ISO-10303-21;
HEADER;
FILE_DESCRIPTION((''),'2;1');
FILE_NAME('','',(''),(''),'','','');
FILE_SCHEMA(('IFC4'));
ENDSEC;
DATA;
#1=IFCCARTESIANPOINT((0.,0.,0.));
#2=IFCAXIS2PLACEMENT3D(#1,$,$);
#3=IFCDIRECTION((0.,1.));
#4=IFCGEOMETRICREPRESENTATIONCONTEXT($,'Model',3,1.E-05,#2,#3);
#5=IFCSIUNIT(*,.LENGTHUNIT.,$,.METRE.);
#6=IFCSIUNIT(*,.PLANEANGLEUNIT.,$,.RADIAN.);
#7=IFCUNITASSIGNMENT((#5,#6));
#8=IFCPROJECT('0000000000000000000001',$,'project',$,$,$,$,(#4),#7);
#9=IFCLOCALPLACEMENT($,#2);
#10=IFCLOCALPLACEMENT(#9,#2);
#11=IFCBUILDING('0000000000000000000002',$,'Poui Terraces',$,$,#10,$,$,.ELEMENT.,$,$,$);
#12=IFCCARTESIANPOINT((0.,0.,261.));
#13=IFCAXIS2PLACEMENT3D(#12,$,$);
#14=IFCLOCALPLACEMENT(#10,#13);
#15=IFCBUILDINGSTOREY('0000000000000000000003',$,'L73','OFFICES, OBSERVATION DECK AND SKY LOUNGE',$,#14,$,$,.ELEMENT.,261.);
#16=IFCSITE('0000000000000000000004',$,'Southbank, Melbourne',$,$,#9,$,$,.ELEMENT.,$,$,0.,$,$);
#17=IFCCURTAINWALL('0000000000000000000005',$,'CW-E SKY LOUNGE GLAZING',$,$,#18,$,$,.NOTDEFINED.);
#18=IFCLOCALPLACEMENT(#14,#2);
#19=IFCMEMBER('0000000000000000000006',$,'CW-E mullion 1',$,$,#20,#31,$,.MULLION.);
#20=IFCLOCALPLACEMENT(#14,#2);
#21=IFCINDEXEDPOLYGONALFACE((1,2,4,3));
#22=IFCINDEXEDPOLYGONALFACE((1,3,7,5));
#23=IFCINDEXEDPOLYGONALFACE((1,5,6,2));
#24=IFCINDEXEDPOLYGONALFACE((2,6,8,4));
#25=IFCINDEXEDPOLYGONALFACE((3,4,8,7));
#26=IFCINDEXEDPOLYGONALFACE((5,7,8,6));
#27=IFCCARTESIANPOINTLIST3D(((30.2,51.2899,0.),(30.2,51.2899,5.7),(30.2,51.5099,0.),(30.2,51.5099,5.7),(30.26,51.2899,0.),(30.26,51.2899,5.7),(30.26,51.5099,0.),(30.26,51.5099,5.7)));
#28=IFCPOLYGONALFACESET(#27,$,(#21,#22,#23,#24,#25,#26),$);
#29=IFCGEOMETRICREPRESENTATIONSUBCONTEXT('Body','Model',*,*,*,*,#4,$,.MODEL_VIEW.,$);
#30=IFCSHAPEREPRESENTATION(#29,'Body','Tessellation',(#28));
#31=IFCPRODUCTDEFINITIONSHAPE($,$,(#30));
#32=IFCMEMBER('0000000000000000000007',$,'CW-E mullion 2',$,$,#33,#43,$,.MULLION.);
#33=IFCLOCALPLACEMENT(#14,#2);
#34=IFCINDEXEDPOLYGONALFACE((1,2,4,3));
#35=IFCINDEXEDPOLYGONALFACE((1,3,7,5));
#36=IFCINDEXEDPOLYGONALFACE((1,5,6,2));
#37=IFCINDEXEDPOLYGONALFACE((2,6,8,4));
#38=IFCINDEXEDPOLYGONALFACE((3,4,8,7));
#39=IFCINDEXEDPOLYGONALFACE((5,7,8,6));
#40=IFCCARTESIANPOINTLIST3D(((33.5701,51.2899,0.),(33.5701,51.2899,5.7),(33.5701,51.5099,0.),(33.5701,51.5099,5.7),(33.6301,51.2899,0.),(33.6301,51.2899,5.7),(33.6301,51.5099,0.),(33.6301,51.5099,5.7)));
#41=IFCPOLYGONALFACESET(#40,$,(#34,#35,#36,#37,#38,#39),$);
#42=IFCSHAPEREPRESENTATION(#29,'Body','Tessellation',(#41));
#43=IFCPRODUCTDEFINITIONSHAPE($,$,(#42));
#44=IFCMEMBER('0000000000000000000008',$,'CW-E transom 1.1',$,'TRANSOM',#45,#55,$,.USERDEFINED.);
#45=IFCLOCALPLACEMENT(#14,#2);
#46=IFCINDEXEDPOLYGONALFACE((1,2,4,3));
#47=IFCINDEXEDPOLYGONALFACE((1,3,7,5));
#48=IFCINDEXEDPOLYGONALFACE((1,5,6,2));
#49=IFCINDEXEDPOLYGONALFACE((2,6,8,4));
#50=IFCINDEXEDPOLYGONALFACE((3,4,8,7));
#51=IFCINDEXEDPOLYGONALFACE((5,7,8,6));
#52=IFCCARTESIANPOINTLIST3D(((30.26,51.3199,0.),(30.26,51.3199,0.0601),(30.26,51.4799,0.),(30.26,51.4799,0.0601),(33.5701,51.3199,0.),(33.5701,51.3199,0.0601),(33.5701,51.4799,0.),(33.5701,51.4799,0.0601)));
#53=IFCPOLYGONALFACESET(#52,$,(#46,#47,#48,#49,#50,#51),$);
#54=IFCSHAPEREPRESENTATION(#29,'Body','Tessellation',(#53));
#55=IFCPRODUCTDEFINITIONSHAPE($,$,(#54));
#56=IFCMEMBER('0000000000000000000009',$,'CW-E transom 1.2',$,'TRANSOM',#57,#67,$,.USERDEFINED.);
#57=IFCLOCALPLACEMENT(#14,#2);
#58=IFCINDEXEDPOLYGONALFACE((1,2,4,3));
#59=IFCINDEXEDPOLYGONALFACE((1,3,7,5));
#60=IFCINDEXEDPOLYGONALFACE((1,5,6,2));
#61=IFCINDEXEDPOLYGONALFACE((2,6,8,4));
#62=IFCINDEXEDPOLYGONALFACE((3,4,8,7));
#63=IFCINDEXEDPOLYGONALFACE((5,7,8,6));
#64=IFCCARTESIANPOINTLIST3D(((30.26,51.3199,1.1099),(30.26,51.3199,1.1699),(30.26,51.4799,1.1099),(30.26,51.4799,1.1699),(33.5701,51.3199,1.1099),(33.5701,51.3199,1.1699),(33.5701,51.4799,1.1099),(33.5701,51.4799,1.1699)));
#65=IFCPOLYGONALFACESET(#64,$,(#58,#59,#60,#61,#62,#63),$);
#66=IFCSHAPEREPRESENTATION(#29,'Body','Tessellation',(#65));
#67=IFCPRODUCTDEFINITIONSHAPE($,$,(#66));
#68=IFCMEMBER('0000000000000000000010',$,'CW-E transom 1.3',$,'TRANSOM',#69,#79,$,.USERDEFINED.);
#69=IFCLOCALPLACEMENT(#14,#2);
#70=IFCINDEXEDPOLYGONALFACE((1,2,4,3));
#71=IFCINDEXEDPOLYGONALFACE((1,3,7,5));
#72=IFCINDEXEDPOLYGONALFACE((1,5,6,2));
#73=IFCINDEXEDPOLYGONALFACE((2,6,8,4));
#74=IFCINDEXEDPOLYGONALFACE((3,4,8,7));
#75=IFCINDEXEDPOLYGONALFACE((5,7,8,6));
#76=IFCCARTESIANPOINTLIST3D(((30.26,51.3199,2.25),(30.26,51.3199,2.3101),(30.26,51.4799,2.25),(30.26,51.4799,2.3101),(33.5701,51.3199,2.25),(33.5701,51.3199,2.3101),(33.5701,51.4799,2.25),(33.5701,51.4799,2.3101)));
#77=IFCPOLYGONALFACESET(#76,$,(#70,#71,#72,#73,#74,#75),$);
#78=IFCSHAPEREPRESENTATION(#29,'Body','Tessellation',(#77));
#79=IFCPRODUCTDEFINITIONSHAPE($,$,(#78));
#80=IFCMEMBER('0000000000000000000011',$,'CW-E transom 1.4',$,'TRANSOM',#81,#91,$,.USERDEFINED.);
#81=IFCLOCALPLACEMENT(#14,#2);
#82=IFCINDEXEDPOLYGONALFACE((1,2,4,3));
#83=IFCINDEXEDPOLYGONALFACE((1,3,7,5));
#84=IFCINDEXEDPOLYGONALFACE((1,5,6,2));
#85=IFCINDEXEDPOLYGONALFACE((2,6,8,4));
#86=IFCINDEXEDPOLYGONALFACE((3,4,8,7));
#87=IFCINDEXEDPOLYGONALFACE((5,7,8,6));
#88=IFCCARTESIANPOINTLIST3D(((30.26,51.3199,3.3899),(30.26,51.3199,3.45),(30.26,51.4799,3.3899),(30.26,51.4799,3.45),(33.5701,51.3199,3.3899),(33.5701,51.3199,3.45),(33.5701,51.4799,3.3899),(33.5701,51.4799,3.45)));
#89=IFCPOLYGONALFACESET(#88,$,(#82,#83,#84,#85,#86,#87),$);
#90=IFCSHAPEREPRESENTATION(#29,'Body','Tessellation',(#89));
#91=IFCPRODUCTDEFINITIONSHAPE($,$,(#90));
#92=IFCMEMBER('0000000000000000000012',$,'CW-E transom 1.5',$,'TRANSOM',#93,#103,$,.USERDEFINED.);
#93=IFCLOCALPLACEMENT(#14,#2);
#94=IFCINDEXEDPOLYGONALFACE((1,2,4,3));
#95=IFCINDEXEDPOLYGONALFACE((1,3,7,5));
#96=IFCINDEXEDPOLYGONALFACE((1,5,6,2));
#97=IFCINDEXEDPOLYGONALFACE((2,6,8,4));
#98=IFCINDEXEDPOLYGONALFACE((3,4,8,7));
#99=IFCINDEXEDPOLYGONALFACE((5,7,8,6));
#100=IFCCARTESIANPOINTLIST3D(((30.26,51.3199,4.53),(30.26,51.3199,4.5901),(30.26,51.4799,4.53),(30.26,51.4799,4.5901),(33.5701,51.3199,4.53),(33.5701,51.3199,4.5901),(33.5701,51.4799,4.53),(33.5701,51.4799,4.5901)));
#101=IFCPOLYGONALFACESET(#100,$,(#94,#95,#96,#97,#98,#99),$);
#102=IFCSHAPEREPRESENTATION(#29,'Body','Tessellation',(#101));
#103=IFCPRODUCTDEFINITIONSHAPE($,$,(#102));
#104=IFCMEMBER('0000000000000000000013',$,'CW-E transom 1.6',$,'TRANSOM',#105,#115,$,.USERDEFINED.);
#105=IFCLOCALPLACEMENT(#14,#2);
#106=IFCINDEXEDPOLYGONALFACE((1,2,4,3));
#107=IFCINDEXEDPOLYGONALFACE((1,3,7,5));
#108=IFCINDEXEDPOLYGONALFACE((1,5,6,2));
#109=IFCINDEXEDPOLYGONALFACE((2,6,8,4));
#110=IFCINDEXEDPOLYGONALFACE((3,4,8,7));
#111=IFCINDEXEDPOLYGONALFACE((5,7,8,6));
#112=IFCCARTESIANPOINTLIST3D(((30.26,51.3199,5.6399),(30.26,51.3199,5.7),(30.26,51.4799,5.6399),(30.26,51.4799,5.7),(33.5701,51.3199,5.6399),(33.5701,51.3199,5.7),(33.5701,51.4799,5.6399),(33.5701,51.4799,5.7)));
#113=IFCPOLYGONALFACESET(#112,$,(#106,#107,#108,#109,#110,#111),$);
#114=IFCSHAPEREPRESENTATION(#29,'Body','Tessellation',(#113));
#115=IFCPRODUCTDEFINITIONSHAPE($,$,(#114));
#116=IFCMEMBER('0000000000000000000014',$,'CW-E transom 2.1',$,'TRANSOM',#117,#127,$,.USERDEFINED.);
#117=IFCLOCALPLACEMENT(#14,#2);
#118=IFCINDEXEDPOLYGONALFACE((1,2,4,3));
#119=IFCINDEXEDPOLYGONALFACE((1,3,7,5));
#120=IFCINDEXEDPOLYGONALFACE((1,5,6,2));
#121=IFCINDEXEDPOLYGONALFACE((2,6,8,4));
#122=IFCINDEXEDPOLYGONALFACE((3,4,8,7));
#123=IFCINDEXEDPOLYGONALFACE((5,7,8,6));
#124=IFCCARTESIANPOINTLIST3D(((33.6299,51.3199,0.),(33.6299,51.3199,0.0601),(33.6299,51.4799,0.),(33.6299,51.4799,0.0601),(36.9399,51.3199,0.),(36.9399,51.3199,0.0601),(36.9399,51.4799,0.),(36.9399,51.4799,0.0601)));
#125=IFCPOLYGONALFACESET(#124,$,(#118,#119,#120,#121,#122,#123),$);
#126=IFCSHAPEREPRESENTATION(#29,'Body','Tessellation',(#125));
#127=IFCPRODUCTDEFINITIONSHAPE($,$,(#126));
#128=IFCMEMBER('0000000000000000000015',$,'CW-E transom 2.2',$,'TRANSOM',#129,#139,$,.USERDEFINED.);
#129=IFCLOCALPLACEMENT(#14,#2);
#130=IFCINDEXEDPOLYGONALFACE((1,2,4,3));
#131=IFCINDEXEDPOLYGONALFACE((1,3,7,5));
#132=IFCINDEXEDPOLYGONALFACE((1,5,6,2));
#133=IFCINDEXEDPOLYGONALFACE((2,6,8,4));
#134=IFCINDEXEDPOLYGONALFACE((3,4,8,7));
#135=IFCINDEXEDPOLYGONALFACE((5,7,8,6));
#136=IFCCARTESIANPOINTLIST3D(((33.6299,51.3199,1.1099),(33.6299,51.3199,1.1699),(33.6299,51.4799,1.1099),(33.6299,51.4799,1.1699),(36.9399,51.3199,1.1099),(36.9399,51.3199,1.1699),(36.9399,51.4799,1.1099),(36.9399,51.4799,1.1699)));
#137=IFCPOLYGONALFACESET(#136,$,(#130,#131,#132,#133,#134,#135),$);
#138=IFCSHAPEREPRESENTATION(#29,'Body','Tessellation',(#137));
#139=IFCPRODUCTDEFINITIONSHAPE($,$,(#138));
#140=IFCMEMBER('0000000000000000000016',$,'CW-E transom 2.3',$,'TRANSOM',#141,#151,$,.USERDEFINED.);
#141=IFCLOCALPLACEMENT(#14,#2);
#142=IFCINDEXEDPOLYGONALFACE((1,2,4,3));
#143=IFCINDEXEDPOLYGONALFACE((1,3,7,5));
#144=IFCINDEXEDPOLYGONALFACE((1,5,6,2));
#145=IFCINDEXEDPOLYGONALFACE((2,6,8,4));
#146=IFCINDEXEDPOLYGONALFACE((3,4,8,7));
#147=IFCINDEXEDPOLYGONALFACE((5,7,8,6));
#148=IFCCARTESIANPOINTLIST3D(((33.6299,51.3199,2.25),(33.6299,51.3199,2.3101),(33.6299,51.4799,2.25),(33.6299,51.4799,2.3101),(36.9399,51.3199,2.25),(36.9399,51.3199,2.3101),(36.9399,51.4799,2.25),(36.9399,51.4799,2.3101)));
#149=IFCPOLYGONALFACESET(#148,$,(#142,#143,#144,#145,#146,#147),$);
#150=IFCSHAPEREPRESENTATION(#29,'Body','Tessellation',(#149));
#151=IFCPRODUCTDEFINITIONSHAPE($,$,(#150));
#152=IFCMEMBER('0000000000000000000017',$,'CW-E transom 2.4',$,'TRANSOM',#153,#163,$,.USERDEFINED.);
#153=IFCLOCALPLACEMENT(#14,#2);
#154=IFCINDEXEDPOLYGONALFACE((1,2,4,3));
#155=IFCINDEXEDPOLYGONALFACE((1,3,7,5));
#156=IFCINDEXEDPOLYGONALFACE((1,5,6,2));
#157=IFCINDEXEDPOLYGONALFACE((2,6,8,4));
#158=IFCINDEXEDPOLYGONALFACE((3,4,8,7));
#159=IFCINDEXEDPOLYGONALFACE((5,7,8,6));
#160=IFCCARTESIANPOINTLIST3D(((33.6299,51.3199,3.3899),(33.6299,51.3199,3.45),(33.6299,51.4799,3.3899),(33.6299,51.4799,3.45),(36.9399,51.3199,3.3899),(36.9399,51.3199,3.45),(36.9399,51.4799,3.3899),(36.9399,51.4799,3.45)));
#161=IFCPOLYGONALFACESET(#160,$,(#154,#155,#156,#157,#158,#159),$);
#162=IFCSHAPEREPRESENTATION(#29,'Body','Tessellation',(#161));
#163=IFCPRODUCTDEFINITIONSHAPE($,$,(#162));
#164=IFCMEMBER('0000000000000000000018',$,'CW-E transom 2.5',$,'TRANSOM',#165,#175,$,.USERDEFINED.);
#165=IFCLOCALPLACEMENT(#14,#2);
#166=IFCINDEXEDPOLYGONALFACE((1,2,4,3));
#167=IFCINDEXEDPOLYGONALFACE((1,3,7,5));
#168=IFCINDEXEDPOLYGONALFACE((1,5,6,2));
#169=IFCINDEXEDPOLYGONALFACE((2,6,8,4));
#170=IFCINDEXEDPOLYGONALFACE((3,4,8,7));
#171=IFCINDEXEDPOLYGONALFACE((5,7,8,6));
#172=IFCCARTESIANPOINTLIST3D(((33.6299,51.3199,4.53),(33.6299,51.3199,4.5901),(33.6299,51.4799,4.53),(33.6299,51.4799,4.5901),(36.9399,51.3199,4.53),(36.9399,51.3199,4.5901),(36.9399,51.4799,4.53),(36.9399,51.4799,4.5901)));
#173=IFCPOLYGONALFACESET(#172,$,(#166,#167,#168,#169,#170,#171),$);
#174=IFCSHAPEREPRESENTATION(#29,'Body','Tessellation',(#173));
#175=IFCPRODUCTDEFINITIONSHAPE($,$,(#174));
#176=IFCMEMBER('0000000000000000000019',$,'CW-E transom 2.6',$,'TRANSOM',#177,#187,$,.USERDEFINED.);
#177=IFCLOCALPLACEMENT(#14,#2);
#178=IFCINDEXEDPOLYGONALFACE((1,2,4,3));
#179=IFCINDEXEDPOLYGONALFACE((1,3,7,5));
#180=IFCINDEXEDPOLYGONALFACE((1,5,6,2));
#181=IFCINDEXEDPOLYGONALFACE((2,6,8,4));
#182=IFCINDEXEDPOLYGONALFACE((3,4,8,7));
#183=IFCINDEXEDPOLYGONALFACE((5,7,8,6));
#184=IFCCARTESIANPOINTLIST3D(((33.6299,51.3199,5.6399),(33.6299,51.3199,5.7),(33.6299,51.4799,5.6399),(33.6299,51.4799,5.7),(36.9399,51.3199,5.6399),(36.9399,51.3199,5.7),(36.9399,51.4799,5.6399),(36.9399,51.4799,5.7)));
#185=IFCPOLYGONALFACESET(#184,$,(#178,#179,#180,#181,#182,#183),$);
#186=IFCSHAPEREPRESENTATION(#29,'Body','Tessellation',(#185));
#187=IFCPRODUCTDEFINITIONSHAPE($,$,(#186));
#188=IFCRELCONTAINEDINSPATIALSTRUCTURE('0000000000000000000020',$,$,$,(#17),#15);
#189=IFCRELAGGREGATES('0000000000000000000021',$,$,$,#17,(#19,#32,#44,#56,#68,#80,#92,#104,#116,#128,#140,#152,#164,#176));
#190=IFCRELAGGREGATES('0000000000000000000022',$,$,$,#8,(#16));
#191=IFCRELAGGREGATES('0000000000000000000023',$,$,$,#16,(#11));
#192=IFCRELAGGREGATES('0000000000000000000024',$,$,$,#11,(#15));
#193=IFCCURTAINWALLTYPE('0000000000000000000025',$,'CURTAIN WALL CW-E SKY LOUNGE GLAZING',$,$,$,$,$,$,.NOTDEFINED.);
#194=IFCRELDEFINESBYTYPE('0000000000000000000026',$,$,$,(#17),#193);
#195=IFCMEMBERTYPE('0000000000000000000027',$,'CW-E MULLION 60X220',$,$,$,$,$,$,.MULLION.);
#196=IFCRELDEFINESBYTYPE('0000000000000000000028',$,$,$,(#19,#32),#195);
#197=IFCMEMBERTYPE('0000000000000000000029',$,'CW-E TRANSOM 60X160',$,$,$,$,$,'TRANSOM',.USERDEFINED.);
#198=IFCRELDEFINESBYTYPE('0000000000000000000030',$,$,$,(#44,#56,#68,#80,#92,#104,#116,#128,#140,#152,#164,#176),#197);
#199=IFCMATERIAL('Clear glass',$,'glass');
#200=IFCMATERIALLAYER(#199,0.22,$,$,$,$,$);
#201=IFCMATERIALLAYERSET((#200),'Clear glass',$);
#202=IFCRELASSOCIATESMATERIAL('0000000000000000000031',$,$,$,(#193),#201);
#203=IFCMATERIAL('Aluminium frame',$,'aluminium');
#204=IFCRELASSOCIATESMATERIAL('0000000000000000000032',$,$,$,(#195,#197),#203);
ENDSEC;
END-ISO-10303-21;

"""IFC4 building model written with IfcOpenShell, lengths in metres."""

from ifc_helpers import new_model, si_unit, direction, frame, origin, origin_2d, place, context, subcontext, project, spatial, rectangle, extrude, material, layer, layer_set, material_profile, profile_set, type_object, element, aggregate, save


model = new_model("IFC4")

# Units and contexts
model_context = context("Model", 3, precision=1e-05, world=origin(), true_north=direction((0.0, 1.0)))
body_context = subcontext(model_context, "Body", "Model", "MODEL_VIEW")
ifc_project = project(units=[si_unit("LENGTHUNIT", "METRE"), si_unit("PLANEANGLEUNIT", "RADIAN")], contexts=[model_context])

# Site, building, storey
site_placement = place(None, origin())
site = spatial("IfcSite", under=ifc_project, at=site_placement, Name="Southbank, Melbourne", CompositionType="ELEMENT", RefElevation=0.0)
building_placement = place(site_placement, origin())
building = spatial("IfcBuilding", under=site, at=building_placement, Name="Poui Terraces", CompositionType="ELEMENT")
storey_placement = place(building_placement, frame((0.0, 0.0, 261.0)))
storey = spatial("IfcBuildingStorey", under=building, at=storey_placement, Name="L73", Description="OFFICES, OBSERVATION DECK AND SKY LOUNGE", CompositionType="ELEMENT", Elevation=261.0)

# Curtain wall, members
ifc_material_1 = material(Name="Clear glass", Category="glass")
ifc_layer_1 = layer(ifc_material_1, 0.22)
ifc_layer_set_1 = layer_set([ifc_layer_1], Name="Clear glass")
curtain_wall_type = type_object("IfcCurtainWallType", Name="CURTAIN WALL CW-E SKY LOUNGE GLAZING", PredefinedType="NOTDEFINED", material=ifc_layer_set_1)
curtain_wall_placement = place(storey_placement, origin())
curtain_wall = element("IfcCurtainWall", 1, at=curtain_wall_placement, inside=storey, type_object=curtain_wall_type, Name="CW-E SKY LOUNGE GLAZING", PredefinedType="NOTDEFINED")
ifc_material_2 = material(Name="Aluminium frame", Category="aluminium")
ifc_material_profile_1 = material_profile(ifc_material_2, rectangle(XDim=0.22, YDim=0.0601, at=origin_2d()), Name="CW-E MULLION 60X220")
ifc_profile_set_1 = profile_set([ifc_material_profile_1], Name="Aluminium frame")
member_type_1 = type_object("IfcMemberType", Name="CW-E MULLION 60X220", PredefinedType="MULLION", material=ifc_profile_set_1)
member_1_placement = place(storey_placement, frame((30.23, 51.3999, 0.0), z_axis=(0.0, 0.0, 1.0), x_axis=(0.0, 1.0, 0.0)))
member_1 = element("IfcMember", 2, at=member_1_placement, type_object=member_type_1, Name="CW-E mullion 1", PredefinedType="MULLION", context=body_context, shape_type="SweptSolid", body=[
    extrude(rectangle(XDim=0.22, YDim=0.0601, at=origin_2d()), origin(), (0.0, 0.0, 1.0), 5.7),
])
member_2_placement = place(storey_placement, frame((33.6001, 51.3999, 0.0), z_axis=(0.0, 0.0, 1.0), x_axis=(0.0, 1.0, 0.0)))
member_2 = element("IfcMember", 3, at=member_2_placement, type_object=member_type_1, Name="CW-E mullion 2", PredefinedType="MULLION", context=body_context, shape_type="SweptSolid", body=[
    extrude(rectangle(XDim=0.22, YDim=0.0601, at=origin_2d()), origin(), (0.0, 0.0, 1.0), 5.7),
])
ifc_material_profile_2 = material_profile(ifc_material_2, rectangle(XDim=0.1599, YDim=0.0601, at=origin_2d()), Name="CW-E TRANSOM 60X160")
ifc_profile_set_2 = profile_set([ifc_material_profile_2], Name="Aluminium frame")
member_type_2 = type_object("IfcMemberType", Name="CW-E TRANSOM 60X160", ElementType="TRANSOM", PredefinedType="USERDEFINED", material=ifc_profile_set_2)
member_3_placement = place(storey_placement, frame((30.26, 51.3999, 0.03), z_axis=(1.0, 0.0, 0.0), x_axis=(0.0, 1.0, 0.0)))
member_3 = element("IfcMember", 4, at=member_3_placement, type_object=member_type_2, Name="CW-E transom 1.1", ObjectType="TRANSOM", PredefinedType="USERDEFINED", context=body_context, shape_type="SweptSolid", body=[
    extrude(rectangle(XDim=0.1599, YDim=0.0601, at=origin_2d()), origin(), (0.0, 0.0, 1.0), 3.3101),
])
member_4_placement = place(storey_placement, frame((30.26, 51.3999, 1.1399), z_axis=(1.0, 0.0, 0.0), x_axis=(0.0, 1.0, 0.0)))
member_4 = element("IfcMember", 5, at=member_4_placement, type_object=member_type_2, Name="CW-E transom 1.2", ObjectType="TRANSOM", PredefinedType="USERDEFINED", context=body_context, shape_type="SweptSolid", body=[
    extrude(rectangle(XDim=0.1599, YDim=0.0601, at=origin_2d()), origin(), (0.0, 0.0, 1.0), 3.3101),
])
member_5_placement = place(storey_placement, frame((30.26, 51.3999, 2.28), z_axis=(1.0, 0.0, 0.0), x_axis=(0.0, 1.0, 0.0)))
member_5 = element("IfcMember", 6, at=member_5_placement, type_object=member_type_2, Name="CW-E transom 1.3", ObjectType="TRANSOM", PredefinedType="USERDEFINED", context=body_context, shape_type="SweptSolid", body=[
    extrude(rectangle(XDim=0.1599, YDim=0.0601, at=origin_2d()), origin(), (0.0, 0.0, 1.0), 3.3101),
])
member_6_placement = place(storey_placement, frame((30.26, 51.3999, 3.4199), z_axis=(1.0, 0.0, 0.0), x_axis=(0.0, 1.0, 0.0)))
member_6 = element("IfcMember", 7, at=member_6_placement, type_object=member_type_2, Name="CW-E transom 1.4", ObjectType="TRANSOM", PredefinedType="USERDEFINED", context=body_context, shape_type="SweptSolid", body=[
    extrude(rectangle(XDim=0.1599, YDim=0.0601, at=origin_2d()), origin(), (0.0, 0.0, 1.0), 3.3101),
])
member_7_placement = place(storey_placement, frame((30.26, 51.3999, 4.5601), z_axis=(1.0, 0.0, 0.0), x_axis=(0.0, 1.0, 0.0)))
member_7 = element("IfcMember", 8, at=member_7_placement, type_object=member_type_2, Name="CW-E transom 1.5", ObjectType="TRANSOM", PredefinedType="USERDEFINED", context=body_context, shape_type="SweptSolid", body=[
    extrude(rectangle(XDim=0.1599, YDim=0.0601, at=origin_2d()), origin(), (0.0, 0.0, 1.0), 3.3101),
])
member_8_placement = place(storey_placement, frame((30.26, 51.3999, 5.6699), z_axis=(1.0, 0.0, 0.0), x_axis=(0.0, 1.0, 0.0)))
member_8 = element("IfcMember", 9, at=member_8_placement, type_object=member_type_2, Name="CW-E transom 1.6", ObjectType="TRANSOM", PredefinedType="USERDEFINED", context=body_context, shape_type="SweptSolid", body=[
    extrude(rectangle(XDim=0.1599, YDim=0.0601, at=origin_2d()), origin(), (0.0, 0.0, 1.0), 3.3101),
])
member_9_placement = place(storey_placement, frame((33.6299, 51.3999, 0.03), z_axis=(1.0, 0.0, 0.0), x_axis=(0.0, 1.0, 0.0)))
member_9 = element("IfcMember", 10, at=member_9_placement, type_object=member_type_2, Name="CW-E transom 2.1", ObjectType="TRANSOM", PredefinedType="USERDEFINED", context=body_context, shape_type="SweptSolid", body=[
    extrude(rectangle(XDim=0.1599, YDim=0.0601, at=origin_2d()), origin(), (0.0, 0.0, 1.0), 3.3101),
])
member_10_placement = place(storey_placement, frame((33.6299, 51.3999, 1.1399), z_axis=(1.0, 0.0, 0.0), x_axis=(0.0, 1.0, 0.0)))
member_10 = element("IfcMember", 11, at=member_10_placement, type_object=member_type_2, Name="CW-E transom 2.2", ObjectType="TRANSOM", PredefinedType="USERDEFINED", context=body_context, shape_type="SweptSolid", body=[
    extrude(rectangle(XDim=0.1599, YDim=0.0601, at=origin_2d()), origin(), (0.0, 0.0, 1.0), 3.3101),
])
member_11_placement = place(storey_placement, frame((33.6299, 51.3999, 2.28), z_axis=(1.0, 0.0, 0.0), x_axis=(0.0, 1.0, 0.0)))
member_11 = element("IfcMember", 12, at=member_11_placement, type_object=member_type_2, Name="CW-E transom 2.3", ObjectType="TRANSOM", PredefinedType="USERDEFINED", context=body_context, shape_type="SweptSolid", body=[
    extrude(rectangle(XDim=0.1599, YDim=0.0601, at=origin_2d()), origin(), (0.0, 0.0, 1.0), 3.3101),
])
member_12_placement = place(storey_placement, frame((33.6299, 51.3999, 3.4199), z_axis=(1.0, 0.0, 0.0), x_axis=(0.0, 1.0, 0.0)))
member_12 = element("IfcMember", 13, at=member_12_placement, type_object=member_type_2, Name="CW-E transom 2.4", ObjectType="TRANSOM", PredefinedType="USERDEFINED", context=body_context, shape_type="SweptSolid", body=[
    extrude(rectangle(XDim=0.1599, YDim=0.0601, at=origin_2d()), origin(), (0.0, 0.0, 1.0), 3.3101),
])
member_13_placement = place(storey_placement, frame((33.6299, 51.3999, 4.5601), z_axis=(1.0, 0.0, 0.0), x_axis=(0.0, 1.0, 0.0)))
member_13 = element("IfcMember", 14, at=member_13_placement, type_object=member_type_2, Name="CW-E transom 2.5", ObjectType="TRANSOM", PredefinedType="USERDEFINED", context=body_context, shape_type="SweptSolid", body=[
    extrude(rectangle(XDim=0.1599, YDim=0.0601, at=origin_2d()), origin(), (0.0, 0.0, 1.0), 3.3101),
])
member_14_placement = place(storey_placement, frame((33.6299, 51.3999, 5.6699), z_axis=(1.0, 0.0, 0.0), x_axis=(0.0, 1.0, 0.0)))
member_14 = element("IfcMember", 15, at=member_14_placement, type_object=member_type_2, Name="CW-E transom 2.6", ObjectType="TRANSOM", PredefinedType="USERDEFINED", context=body_context, shape_type="SweptSolid", body=[
    extrude(rectangle(XDim=0.1599, YDim=0.0601, at=origin_2d()), origin(), (0.0, 0.0, 1.0), 3.3101),
])

aggregate(curtain_wall, [member_1, member_2, member_3, member_4, member_5, member_6, member_7, member_8, member_9, member_10, member_11, member_12, member_13, member_14])

save(model, "model.ifc")
